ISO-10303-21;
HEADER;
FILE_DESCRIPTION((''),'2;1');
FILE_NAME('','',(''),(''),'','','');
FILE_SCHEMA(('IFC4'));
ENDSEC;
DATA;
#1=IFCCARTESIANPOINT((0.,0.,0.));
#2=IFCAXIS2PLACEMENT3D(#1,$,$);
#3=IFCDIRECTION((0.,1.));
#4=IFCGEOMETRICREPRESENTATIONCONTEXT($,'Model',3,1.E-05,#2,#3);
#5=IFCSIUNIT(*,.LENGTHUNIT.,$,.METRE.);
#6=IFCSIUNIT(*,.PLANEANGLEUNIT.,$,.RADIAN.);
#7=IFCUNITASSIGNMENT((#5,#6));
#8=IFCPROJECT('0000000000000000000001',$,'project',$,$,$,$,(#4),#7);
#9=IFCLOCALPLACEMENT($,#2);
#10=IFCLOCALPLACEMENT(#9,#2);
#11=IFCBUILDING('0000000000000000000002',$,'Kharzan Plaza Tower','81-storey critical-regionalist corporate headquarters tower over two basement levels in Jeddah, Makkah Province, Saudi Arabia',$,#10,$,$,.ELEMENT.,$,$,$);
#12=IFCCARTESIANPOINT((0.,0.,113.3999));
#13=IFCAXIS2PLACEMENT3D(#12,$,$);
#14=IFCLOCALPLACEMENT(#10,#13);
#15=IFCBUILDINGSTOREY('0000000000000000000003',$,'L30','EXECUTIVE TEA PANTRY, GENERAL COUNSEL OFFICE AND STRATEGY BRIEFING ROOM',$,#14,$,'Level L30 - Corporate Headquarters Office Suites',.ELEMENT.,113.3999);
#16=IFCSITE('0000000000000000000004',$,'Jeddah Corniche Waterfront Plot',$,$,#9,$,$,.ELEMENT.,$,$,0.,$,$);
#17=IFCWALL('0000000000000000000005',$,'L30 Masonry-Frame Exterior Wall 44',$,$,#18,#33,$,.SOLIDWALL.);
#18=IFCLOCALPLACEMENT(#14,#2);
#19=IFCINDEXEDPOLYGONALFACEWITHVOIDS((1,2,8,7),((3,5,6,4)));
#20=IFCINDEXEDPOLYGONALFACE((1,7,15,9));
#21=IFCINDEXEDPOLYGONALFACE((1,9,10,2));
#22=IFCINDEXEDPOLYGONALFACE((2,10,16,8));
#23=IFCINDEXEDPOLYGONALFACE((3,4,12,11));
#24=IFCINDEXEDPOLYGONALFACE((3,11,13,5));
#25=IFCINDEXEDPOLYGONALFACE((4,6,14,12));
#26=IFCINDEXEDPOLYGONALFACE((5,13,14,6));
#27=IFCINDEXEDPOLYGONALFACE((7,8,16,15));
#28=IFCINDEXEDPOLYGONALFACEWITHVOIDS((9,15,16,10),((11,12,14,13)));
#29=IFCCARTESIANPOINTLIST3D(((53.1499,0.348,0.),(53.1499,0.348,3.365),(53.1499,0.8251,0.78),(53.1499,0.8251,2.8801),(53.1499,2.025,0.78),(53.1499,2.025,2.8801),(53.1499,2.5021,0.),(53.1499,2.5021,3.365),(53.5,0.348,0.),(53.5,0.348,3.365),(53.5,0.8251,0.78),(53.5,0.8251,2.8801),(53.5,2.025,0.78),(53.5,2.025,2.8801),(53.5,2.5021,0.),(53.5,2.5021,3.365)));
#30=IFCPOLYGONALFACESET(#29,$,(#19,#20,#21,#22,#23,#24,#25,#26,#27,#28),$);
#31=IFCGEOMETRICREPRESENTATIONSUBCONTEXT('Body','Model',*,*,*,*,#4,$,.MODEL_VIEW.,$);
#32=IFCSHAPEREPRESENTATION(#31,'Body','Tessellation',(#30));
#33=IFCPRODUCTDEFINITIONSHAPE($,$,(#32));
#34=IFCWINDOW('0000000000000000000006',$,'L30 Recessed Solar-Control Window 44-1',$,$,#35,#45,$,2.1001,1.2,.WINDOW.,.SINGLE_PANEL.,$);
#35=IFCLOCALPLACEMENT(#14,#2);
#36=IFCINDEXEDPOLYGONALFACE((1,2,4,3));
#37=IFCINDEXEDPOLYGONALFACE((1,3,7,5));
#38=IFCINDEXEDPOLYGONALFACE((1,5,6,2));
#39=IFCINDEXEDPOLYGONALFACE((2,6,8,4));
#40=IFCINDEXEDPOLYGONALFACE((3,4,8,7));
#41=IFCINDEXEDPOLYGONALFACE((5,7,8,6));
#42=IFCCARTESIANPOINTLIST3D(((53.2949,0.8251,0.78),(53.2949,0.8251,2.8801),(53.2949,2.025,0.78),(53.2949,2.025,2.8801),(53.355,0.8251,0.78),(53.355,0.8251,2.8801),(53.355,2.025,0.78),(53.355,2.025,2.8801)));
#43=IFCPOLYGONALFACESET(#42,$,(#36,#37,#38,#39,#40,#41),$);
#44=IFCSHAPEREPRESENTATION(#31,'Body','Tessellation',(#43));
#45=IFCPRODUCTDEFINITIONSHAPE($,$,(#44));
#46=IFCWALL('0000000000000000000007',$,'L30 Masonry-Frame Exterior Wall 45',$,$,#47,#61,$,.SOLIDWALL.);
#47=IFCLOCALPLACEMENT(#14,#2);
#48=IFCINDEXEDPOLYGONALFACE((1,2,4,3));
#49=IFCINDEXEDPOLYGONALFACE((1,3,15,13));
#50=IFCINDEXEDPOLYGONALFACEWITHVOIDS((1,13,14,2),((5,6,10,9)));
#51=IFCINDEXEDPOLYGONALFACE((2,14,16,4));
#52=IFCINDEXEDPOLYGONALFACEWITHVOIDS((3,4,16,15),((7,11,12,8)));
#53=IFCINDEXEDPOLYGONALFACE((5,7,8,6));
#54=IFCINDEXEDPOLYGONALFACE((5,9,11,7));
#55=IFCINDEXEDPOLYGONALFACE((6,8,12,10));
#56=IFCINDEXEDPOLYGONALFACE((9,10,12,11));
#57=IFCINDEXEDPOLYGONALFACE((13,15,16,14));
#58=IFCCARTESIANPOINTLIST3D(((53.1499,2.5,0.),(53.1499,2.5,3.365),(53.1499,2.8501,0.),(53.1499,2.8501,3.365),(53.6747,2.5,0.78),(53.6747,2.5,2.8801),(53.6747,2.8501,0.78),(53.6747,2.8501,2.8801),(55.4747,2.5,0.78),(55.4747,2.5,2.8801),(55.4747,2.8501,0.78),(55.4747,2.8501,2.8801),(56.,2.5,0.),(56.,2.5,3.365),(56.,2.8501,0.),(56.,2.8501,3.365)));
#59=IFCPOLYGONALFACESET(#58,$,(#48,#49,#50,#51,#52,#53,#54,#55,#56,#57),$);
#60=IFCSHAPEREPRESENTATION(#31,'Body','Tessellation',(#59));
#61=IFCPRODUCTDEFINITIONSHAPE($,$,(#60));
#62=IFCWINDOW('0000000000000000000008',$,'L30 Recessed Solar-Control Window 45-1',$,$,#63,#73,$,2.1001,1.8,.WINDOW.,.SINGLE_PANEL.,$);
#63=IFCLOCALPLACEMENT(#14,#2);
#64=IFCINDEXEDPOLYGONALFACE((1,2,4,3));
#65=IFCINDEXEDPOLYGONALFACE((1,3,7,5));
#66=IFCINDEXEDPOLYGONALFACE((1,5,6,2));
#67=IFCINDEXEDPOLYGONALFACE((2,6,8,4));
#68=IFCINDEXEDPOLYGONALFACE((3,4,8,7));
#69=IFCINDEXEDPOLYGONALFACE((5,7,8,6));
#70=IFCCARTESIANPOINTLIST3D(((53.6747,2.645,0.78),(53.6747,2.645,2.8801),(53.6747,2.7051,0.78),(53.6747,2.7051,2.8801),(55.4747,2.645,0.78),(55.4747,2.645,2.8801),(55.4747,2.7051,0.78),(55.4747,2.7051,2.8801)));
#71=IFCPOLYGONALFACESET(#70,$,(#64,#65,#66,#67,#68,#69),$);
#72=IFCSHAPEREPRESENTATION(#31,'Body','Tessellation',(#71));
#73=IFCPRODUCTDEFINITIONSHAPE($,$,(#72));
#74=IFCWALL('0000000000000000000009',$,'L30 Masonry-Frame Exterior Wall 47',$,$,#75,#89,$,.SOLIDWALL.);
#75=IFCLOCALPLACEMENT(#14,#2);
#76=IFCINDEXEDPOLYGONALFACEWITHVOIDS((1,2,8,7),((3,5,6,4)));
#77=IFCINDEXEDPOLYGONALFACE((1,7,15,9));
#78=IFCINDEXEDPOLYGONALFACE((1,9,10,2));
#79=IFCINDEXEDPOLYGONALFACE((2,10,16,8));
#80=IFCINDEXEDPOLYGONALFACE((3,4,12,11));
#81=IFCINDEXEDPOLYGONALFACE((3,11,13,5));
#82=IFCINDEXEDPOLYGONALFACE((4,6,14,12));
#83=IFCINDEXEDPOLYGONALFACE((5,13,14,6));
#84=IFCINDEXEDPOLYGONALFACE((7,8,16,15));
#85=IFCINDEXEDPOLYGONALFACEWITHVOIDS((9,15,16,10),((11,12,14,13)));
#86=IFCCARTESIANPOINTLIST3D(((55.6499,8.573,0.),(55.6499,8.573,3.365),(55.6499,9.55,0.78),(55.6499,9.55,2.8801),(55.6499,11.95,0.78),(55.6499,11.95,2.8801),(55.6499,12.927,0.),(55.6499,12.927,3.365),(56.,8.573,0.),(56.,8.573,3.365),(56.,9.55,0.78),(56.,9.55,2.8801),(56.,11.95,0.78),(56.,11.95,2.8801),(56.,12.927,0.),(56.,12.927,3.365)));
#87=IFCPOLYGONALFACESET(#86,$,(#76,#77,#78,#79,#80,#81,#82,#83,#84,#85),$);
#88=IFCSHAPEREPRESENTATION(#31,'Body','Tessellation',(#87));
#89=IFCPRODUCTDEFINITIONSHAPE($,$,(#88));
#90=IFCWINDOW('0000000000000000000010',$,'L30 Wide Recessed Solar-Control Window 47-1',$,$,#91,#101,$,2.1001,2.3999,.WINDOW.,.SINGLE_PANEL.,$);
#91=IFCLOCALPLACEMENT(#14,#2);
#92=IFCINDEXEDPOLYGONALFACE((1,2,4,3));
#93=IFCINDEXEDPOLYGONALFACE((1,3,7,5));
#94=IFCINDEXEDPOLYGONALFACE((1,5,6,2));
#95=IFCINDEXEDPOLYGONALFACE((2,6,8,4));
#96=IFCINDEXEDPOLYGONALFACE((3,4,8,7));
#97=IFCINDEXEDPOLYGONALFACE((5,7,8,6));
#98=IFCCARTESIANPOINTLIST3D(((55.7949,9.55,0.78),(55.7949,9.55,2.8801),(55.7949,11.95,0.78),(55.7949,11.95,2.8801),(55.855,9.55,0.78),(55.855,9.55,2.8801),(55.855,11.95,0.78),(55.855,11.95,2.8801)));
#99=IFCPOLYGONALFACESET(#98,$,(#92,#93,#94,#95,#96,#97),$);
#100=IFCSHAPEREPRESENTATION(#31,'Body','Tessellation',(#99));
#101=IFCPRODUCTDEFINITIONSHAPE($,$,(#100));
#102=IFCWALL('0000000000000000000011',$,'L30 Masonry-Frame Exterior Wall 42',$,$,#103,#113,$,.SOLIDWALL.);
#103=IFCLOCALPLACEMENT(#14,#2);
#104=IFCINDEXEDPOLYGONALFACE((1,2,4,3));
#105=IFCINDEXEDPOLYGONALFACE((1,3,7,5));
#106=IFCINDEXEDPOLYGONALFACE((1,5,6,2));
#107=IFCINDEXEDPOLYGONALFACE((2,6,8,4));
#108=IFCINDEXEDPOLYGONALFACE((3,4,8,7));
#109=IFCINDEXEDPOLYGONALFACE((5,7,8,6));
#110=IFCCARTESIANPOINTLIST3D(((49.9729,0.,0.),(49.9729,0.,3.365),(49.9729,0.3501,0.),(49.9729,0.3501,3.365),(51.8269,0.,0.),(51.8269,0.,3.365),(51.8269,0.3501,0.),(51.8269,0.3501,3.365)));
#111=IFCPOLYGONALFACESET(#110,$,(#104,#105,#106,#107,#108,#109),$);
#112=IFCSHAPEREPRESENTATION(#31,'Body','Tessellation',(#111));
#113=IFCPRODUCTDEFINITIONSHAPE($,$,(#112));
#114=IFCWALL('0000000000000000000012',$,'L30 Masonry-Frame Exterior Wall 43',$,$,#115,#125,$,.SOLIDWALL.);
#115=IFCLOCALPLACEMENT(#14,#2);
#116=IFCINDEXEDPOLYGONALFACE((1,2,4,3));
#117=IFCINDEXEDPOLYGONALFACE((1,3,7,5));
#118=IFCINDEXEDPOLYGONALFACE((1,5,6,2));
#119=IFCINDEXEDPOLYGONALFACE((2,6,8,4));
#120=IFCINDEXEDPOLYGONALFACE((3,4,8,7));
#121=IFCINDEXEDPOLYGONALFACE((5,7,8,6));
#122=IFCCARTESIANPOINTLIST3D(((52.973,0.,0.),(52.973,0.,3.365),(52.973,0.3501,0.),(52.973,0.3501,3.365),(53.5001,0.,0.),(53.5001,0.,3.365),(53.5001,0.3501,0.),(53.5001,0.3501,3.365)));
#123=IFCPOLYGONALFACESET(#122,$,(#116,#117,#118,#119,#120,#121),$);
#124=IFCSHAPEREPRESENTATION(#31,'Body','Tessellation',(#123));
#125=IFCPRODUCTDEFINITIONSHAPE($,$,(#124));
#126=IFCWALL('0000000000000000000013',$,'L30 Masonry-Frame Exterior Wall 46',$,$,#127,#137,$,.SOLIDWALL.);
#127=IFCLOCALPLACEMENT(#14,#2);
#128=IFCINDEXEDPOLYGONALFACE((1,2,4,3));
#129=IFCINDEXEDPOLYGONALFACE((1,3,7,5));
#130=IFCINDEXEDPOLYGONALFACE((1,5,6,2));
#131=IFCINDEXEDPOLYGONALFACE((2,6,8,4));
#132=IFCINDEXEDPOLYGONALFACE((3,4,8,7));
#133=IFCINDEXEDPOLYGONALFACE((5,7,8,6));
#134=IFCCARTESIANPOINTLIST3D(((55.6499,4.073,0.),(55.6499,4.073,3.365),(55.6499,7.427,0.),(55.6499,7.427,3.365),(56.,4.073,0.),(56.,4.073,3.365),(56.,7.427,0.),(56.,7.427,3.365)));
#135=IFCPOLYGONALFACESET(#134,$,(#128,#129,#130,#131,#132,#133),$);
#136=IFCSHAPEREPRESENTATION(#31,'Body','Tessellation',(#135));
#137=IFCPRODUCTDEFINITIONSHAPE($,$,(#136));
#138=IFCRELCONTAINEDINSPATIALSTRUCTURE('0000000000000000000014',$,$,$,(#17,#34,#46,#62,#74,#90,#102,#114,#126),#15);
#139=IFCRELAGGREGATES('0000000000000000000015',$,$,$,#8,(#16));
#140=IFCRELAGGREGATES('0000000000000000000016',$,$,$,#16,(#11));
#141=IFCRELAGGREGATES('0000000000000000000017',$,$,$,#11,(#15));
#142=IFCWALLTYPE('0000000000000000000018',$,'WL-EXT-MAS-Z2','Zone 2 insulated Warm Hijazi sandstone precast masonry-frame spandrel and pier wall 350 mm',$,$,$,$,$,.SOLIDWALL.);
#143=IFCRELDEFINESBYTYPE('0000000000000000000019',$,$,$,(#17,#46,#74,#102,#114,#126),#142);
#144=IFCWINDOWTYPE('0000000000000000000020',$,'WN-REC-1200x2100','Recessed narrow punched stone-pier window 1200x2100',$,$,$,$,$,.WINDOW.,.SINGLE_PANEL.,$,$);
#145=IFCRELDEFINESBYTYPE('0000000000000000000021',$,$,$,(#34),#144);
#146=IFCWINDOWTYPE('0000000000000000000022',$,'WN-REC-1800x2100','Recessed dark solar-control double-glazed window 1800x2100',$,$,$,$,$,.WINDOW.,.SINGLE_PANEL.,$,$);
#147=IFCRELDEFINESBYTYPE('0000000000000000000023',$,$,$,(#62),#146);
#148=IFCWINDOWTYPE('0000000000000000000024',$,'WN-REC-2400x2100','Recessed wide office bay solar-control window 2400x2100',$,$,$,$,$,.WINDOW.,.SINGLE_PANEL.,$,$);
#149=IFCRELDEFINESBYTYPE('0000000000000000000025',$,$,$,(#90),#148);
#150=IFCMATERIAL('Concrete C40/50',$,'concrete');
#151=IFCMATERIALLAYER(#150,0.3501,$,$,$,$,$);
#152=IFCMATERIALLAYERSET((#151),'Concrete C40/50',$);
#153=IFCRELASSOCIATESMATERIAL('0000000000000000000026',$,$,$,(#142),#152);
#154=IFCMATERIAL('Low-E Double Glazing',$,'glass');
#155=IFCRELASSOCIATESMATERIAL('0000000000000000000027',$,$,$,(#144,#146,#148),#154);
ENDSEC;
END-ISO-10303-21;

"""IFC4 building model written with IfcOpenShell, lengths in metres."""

from ifc_helpers import new_model, si_unit, direction, frame, frame_2d, origin, place, context, subcontext, project, spatial, rectangle, extrude, source, transform, mapped, material, layer, layer_set, type_object, element, fill, save


model = new_model("IFC4")

# Units and contexts
model_context = context("Model", 3, precision=1e-05, world=origin(), true_north=direction((0.0, 1.0)))
body_context = subcontext(model_context, "Body", "Model", "MODEL_VIEW")
ifc_project = project(units=[si_unit("LENGTHUNIT", "METRE"), si_unit("PLANEANGLEUNIT", "RADIAN")], contexts=[model_context])

# Site, building, storey
site_placement = place(None, origin())
site = spatial("IfcSite", under=ifc_project, at=site_placement, Name="Jeddah Corniche Waterfront Plot", CompositionType="ELEMENT", RefElevation=0.0)
building_placement = place(site_placement, origin())
building = spatial("IfcBuilding", under=site, at=building_placement, Name="Kharzan Plaza Tower", Description="81-storey critical-regionalist corporate headquarters tower over two basement levels in Jeddah, Makkah Province, Saudi Arabia", CompositionType="ELEMENT")
storey_placement = place(building_placement, frame((0.0, 0.0, 113.3999)))
storey = spatial("IfcBuildingStorey", under=building, at=storey_placement, Name="L30", Description="EXECUTIVE TEA PANTRY, GENERAL COUNSEL OFFICE AND STRATEGY BRIEFING ROOM", LongName="Level L30 - Corporate Headquarters Office Suites", CompositionType="ELEMENT", Elevation=113.3999)

# Walls, openings, windows
ifc_material_1 = material(Name="Concrete C40/50", Category="concrete")
ifc_layer = layer(ifc_material_1, 0.3501)
ifc_layer_set = layer_set([ifc_layer], Name="Concrete C40/50")
wall_type = type_object("IfcWallType", Name="WL-EXT-MAS-Z2", Description="Zone 2 insulated Warm Hijazi sandstone precast masonry-frame spandrel and pier wall 350 mm", PredefinedType="SOLIDWALL", material=ifc_layer_set)
wall_1_placement = place(storey_placement, frame((53.325, 0.3479, 0.0), z_axis=(0.0, 0.0, 1.0), x_axis=(0.0, 1.0, 0.0)))
wall_1 = element("IfcWall", 1, at=wall_1_placement, inside=storey, type_object=wall_type, Name="L30 Masonry-Frame Exterior Wall 44", PredefinedType="SOLIDWALL", context=body_context, shape_type="SweptSolid", body=[
    extrude(rectangle(XDim=2.1541, YDim=0.3501, at=frame_2d((1.0771, 0.0))), origin(), (0.0, 0.0, 1.0), 3.365),
])
opening_1_placement = place(wall_1_placement, frame((0.4771, 0.0, 0.78)))
opening_1 = element("IfcOpeningElement", 2, at=opening_1_placement, cuts=wall_1, PredefinedType="OPENING", context=body_context, shape_type="SweptSolid", body=[
    extrude(rectangle(XDim=1.2, YDim=2.1001, at=frame_2d((0.6001, 1.05))), frame((0.0, 0.1851, 0.0), z_axis=(0.0, -1.0, 0.0), x_axis=(1.0, 0.0, 0.0)), (0.0, 0.0, 1.0), 0.3701),
])
ifc_material_2 = material(Name="Low-E Double Glazing", Category="glass")
window_type_1 = type_object("IfcWindowType", Name="WN-REC-1200x2100", Description="Recessed narrow punched stone-pier window 1200x2100", PartitioningType="SINGLE_PANEL", PredefinedType="WINDOW", material=ifc_material_2)
shared_shape_1 = source(origin(), body_context, "Body", "SweptSolid", [
    extrude(rectangle(XDim=1.2, YDim=2.1001, at=frame_2d((0.6001, 1.05))), frame((0.0, 0.03, 0.0), z_axis=(0.0, -1.0, 0.0), x_axis=(1.0, 0.0, 0.0)), (0.0, 0.0, 1.0), 0.0601),
])
window_1_placement = place(opening_1_placement, origin())
window_1 = element("IfcWindow", 3, at=window_1_placement, inside=storey, type_object=window_type_1, Name="L30 Recessed Solar-Control Window 44-1", OverallHeight=2.1001, OverallWidth=1.2, PartitioningType="SINGLE_PANEL", PredefinedType="WINDOW", context=body_context, shape_type="MappedRepresentation", body=[
    mapped(shared_shape_1, transform((0.0, 0.0, 0.0), x_axis=(1.0, 0.0, 0.0), y_axis=(0.0, 1.0, 0.0), z_axis=(0.0, 0.0, 1.0))),
])
fill(opening_1, window_1)
wall_2_placement = place(storey_placement, frame((53.1499, 2.675, 0.0), z_axis=(0.0, 0.0, 1.0), x_axis=(1.0, 0.0, 0.0)))
wall_2 = element("IfcWall", 4, at=wall_2_placement, inside=storey, type_object=wall_type, Name="L30 Masonry-Frame Exterior Wall 45", PredefinedType="SOLIDWALL", context=body_context, shape_type="SweptSolid", body=[
    extrude(rectangle(XDim=2.8501, YDim=0.3501, at=frame_2d((1.425, 0.0))), origin(), (0.0, 0.0, 1.0), 3.365),
])
opening_2_placement = place(wall_2_placement, frame((0.5249, 0.0, 0.78)))
opening_2 = element("IfcOpeningElement", 5, at=opening_2_placement, cuts=wall_2, PredefinedType="OPENING", context=body_context, shape_type="SweptSolid", body=[
    extrude(rectangle(XDim=1.8, YDim=2.1001, at=frame_2d((0.8999, 1.05))), frame((0.0, 0.1851, 0.0), z_axis=(0.0, -1.0, 0.0), x_axis=(1.0, 0.0, 0.0)), (0.0, 0.0, 1.0), 0.3701),
])
window_type_2 = type_object("IfcWindowType", Name="WN-REC-1800x2100", Description="Recessed dark solar-control double-glazed window 1800x2100", PartitioningType="SINGLE_PANEL", PredefinedType="WINDOW", material=ifc_material_2)
shared_shape_2 = source(origin(), body_context, "Body", "SweptSolid", [
    extrude(rectangle(XDim=1.8, YDim=2.1001, at=frame_2d((0.8999, 1.05))), frame((0.0, 0.03, 0.0), z_axis=(0.0, -1.0, 0.0), x_axis=(1.0, 0.0, 0.0)), (0.0, 0.0, 1.0), 0.0601),
])
window_2_placement = place(opening_2_placement, origin())
window_2 = element("IfcWindow", 6, at=window_2_placement, inside=storey, type_object=window_type_2, Name="L30 Recessed Solar-Control Window 45-1", OverallHeight=2.1001, OverallWidth=1.8, PartitioningType="SINGLE_PANEL", PredefinedType="WINDOW", context=body_context, shape_type="MappedRepresentation", body=[
    mapped(shared_shape_2, transform((0.0, 0.0, 0.0), x_axis=(1.0, 0.0, 0.0), y_axis=(0.0, 1.0, 0.0), z_axis=(0.0, 0.0, 1.0))),
])
fill(opening_2, window_2)
wall_3_placement = place(storey_placement, frame((55.825, 8.573, 0.0), z_axis=(0.0, 0.0, 1.0), x_axis=(0.0, 1.0, 0.0)))
wall_3 = element("IfcWall", 7, at=wall_3_placement, inside=storey, type_object=wall_type, Name="L30 Masonry-Frame Exterior Wall 47", PredefinedType="SOLIDWALL", context=body_context, shape_type="SweptSolid", body=[
    extrude(rectangle(XDim=4.354, YDim=0.3501, at=frame_2d((2.177, 0.0))), origin(), (0.0, 0.0, 1.0), 3.365),
])
opening_3_placement = place(wall_3_placement, frame((0.9771, 0.0, 0.78)))
opening_3 = element("IfcOpeningElement", 8, at=opening_3_placement, cuts=wall_3, PredefinedType="OPENING", context=body_context, shape_type="SweptSolid", body=[
    extrude(rectangle(XDim=2.3999, YDim=2.1001, at=frame_2d((1.2, 1.05))), frame((0.0, 0.1851, 0.0), z_axis=(0.0, -1.0, 0.0), x_axis=(1.0, 0.0, 0.0)), (0.0, 0.0, 1.0), 0.3701),
])
window_type_3 = type_object("IfcWindowType", Name="WN-REC-2400x2100", Description="Recessed wide office bay solar-control window 2400x2100", PartitioningType="SINGLE_PANEL", PredefinedType="WINDOW", material=ifc_material_2)
shared_shape_3 = source(origin(), body_context, "Body", "SweptSolid", [
    extrude(rectangle(XDim=2.3999, YDim=2.1001, at=frame_2d((1.2, 1.05))), frame((0.0, 0.03, 0.0), z_axis=(0.0, -1.0, 0.0), x_axis=(1.0, 0.0, 0.0)), (0.0, 0.0, 1.0), 0.0601),
])
window_3_placement = place(opening_3_placement, origin())
window_3 = element("IfcWindow", 9, at=window_3_placement, inside=storey, type_object=window_type_3, Name="L30 Wide Recessed Solar-Control Window 47-1", OverallHeight=2.1001, OverallWidth=2.3999, PartitioningType="SINGLE_PANEL", PredefinedType="WINDOW", context=body_context, shape_type="MappedRepresentation", body=[
    mapped(shared_shape_3, transform((0.0, 0.0, 0.0), x_axis=(1.0, 0.0, 0.0), y_axis=(0.0, 1.0, 0.0), z_axis=(0.0, 0.0, 1.0))),
])
fill(opening_3, window_3)

# Walls
shared_shape_4 = source(origin(), body_context, "Body", "SweptSolid", [
    extrude(rectangle(XDim=1.854, YDim=0.3501, at=frame_2d((0.927, 0.0))), origin(), (0.0, 0.0, 1.0), 3.365),
])
wall_4_placement = place(storey_placement, frame((49.9729, 0.175, 0.0), z_axis=(0.0, 0.0, 1.0), x_axis=(1.0, 0.0, 0.0)))
element("IfcWall", 10, at=wall_4_placement, inside=storey, type_object=wall_type, Name="L30 Masonry-Frame Exterior Wall 42", PredefinedType="SOLIDWALL", context=body_context, shape_type="MappedRepresentation", body=[
    mapped(shared_shape_4, transform((0.0, 0.0, 0.0), x_axis=(1.0, 0.0, 0.0), y_axis=(0.0, 1.0, 0.0), z_axis=(0.0, 0.0, 1.0))),
])
shared_shape_5 = source(origin(), body_context, "Body", "SweptSolid", [
    extrude(rectangle(XDim=0.5271, YDim=0.3501, at=frame_2d((0.2637, 0.0))), origin(), (0.0, 0.0, 1.0), 3.365),
])
wall_5_placement = place(storey_placement, frame((52.9729, 0.175, 0.0), z_axis=(0.0, 0.0, 1.0), x_axis=(1.0, 0.0, 0.0)))
element("IfcWall", 11, at=wall_5_placement, inside=storey, type_object=wall_type, Name="L30 Masonry-Frame Exterior Wall 43", PredefinedType="SOLIDWALL", context=body_context, shape_type="MappedRepresentation", body=[
    mapped(shared_shape_5, transform((0.0, 0.0, 0.0), x_axis=(1.0, 0.0, 0.0), y_axis=(0.0, 1.0, 0.0), z_axis=(0.0, 0.0, 1.0))),
])
shared_shape_6 = source(origin(), body_context, "Body", "SweptSolid", [
    extrude(rectangle(XDim=3.354, YDim=0.3501, at=frame_2d((1.677, 0.0))), origin(), (0.0, 0.0, 1.0), 3.365),
])
wall_6_placement = place(storey_placement, frame((55.825, 4.073, 0.0), z_axis=(0.0, 0.0, 1.0), x_axis=(0.0, 1.0, 0.0)))
element("IfcWall", 12, at=wall_6_placement, inside=storey, type_object=wall_type, Name="L30 Masonry-Frame Exterior Wall 46", PredefinedType="SOLIDWALL", context=body_context, shape_type="MappedRepresentation", body=[
    mapped(shared_shape_6, transform((0.0, 0.0, 0.0), x_axis=(1.0, 0.0, 0.0), y_axis=(0.0, 1.0, 0.0), z_axis=(0.0, 0.0, 1.0))),
])

save(model, "model.ifc")
